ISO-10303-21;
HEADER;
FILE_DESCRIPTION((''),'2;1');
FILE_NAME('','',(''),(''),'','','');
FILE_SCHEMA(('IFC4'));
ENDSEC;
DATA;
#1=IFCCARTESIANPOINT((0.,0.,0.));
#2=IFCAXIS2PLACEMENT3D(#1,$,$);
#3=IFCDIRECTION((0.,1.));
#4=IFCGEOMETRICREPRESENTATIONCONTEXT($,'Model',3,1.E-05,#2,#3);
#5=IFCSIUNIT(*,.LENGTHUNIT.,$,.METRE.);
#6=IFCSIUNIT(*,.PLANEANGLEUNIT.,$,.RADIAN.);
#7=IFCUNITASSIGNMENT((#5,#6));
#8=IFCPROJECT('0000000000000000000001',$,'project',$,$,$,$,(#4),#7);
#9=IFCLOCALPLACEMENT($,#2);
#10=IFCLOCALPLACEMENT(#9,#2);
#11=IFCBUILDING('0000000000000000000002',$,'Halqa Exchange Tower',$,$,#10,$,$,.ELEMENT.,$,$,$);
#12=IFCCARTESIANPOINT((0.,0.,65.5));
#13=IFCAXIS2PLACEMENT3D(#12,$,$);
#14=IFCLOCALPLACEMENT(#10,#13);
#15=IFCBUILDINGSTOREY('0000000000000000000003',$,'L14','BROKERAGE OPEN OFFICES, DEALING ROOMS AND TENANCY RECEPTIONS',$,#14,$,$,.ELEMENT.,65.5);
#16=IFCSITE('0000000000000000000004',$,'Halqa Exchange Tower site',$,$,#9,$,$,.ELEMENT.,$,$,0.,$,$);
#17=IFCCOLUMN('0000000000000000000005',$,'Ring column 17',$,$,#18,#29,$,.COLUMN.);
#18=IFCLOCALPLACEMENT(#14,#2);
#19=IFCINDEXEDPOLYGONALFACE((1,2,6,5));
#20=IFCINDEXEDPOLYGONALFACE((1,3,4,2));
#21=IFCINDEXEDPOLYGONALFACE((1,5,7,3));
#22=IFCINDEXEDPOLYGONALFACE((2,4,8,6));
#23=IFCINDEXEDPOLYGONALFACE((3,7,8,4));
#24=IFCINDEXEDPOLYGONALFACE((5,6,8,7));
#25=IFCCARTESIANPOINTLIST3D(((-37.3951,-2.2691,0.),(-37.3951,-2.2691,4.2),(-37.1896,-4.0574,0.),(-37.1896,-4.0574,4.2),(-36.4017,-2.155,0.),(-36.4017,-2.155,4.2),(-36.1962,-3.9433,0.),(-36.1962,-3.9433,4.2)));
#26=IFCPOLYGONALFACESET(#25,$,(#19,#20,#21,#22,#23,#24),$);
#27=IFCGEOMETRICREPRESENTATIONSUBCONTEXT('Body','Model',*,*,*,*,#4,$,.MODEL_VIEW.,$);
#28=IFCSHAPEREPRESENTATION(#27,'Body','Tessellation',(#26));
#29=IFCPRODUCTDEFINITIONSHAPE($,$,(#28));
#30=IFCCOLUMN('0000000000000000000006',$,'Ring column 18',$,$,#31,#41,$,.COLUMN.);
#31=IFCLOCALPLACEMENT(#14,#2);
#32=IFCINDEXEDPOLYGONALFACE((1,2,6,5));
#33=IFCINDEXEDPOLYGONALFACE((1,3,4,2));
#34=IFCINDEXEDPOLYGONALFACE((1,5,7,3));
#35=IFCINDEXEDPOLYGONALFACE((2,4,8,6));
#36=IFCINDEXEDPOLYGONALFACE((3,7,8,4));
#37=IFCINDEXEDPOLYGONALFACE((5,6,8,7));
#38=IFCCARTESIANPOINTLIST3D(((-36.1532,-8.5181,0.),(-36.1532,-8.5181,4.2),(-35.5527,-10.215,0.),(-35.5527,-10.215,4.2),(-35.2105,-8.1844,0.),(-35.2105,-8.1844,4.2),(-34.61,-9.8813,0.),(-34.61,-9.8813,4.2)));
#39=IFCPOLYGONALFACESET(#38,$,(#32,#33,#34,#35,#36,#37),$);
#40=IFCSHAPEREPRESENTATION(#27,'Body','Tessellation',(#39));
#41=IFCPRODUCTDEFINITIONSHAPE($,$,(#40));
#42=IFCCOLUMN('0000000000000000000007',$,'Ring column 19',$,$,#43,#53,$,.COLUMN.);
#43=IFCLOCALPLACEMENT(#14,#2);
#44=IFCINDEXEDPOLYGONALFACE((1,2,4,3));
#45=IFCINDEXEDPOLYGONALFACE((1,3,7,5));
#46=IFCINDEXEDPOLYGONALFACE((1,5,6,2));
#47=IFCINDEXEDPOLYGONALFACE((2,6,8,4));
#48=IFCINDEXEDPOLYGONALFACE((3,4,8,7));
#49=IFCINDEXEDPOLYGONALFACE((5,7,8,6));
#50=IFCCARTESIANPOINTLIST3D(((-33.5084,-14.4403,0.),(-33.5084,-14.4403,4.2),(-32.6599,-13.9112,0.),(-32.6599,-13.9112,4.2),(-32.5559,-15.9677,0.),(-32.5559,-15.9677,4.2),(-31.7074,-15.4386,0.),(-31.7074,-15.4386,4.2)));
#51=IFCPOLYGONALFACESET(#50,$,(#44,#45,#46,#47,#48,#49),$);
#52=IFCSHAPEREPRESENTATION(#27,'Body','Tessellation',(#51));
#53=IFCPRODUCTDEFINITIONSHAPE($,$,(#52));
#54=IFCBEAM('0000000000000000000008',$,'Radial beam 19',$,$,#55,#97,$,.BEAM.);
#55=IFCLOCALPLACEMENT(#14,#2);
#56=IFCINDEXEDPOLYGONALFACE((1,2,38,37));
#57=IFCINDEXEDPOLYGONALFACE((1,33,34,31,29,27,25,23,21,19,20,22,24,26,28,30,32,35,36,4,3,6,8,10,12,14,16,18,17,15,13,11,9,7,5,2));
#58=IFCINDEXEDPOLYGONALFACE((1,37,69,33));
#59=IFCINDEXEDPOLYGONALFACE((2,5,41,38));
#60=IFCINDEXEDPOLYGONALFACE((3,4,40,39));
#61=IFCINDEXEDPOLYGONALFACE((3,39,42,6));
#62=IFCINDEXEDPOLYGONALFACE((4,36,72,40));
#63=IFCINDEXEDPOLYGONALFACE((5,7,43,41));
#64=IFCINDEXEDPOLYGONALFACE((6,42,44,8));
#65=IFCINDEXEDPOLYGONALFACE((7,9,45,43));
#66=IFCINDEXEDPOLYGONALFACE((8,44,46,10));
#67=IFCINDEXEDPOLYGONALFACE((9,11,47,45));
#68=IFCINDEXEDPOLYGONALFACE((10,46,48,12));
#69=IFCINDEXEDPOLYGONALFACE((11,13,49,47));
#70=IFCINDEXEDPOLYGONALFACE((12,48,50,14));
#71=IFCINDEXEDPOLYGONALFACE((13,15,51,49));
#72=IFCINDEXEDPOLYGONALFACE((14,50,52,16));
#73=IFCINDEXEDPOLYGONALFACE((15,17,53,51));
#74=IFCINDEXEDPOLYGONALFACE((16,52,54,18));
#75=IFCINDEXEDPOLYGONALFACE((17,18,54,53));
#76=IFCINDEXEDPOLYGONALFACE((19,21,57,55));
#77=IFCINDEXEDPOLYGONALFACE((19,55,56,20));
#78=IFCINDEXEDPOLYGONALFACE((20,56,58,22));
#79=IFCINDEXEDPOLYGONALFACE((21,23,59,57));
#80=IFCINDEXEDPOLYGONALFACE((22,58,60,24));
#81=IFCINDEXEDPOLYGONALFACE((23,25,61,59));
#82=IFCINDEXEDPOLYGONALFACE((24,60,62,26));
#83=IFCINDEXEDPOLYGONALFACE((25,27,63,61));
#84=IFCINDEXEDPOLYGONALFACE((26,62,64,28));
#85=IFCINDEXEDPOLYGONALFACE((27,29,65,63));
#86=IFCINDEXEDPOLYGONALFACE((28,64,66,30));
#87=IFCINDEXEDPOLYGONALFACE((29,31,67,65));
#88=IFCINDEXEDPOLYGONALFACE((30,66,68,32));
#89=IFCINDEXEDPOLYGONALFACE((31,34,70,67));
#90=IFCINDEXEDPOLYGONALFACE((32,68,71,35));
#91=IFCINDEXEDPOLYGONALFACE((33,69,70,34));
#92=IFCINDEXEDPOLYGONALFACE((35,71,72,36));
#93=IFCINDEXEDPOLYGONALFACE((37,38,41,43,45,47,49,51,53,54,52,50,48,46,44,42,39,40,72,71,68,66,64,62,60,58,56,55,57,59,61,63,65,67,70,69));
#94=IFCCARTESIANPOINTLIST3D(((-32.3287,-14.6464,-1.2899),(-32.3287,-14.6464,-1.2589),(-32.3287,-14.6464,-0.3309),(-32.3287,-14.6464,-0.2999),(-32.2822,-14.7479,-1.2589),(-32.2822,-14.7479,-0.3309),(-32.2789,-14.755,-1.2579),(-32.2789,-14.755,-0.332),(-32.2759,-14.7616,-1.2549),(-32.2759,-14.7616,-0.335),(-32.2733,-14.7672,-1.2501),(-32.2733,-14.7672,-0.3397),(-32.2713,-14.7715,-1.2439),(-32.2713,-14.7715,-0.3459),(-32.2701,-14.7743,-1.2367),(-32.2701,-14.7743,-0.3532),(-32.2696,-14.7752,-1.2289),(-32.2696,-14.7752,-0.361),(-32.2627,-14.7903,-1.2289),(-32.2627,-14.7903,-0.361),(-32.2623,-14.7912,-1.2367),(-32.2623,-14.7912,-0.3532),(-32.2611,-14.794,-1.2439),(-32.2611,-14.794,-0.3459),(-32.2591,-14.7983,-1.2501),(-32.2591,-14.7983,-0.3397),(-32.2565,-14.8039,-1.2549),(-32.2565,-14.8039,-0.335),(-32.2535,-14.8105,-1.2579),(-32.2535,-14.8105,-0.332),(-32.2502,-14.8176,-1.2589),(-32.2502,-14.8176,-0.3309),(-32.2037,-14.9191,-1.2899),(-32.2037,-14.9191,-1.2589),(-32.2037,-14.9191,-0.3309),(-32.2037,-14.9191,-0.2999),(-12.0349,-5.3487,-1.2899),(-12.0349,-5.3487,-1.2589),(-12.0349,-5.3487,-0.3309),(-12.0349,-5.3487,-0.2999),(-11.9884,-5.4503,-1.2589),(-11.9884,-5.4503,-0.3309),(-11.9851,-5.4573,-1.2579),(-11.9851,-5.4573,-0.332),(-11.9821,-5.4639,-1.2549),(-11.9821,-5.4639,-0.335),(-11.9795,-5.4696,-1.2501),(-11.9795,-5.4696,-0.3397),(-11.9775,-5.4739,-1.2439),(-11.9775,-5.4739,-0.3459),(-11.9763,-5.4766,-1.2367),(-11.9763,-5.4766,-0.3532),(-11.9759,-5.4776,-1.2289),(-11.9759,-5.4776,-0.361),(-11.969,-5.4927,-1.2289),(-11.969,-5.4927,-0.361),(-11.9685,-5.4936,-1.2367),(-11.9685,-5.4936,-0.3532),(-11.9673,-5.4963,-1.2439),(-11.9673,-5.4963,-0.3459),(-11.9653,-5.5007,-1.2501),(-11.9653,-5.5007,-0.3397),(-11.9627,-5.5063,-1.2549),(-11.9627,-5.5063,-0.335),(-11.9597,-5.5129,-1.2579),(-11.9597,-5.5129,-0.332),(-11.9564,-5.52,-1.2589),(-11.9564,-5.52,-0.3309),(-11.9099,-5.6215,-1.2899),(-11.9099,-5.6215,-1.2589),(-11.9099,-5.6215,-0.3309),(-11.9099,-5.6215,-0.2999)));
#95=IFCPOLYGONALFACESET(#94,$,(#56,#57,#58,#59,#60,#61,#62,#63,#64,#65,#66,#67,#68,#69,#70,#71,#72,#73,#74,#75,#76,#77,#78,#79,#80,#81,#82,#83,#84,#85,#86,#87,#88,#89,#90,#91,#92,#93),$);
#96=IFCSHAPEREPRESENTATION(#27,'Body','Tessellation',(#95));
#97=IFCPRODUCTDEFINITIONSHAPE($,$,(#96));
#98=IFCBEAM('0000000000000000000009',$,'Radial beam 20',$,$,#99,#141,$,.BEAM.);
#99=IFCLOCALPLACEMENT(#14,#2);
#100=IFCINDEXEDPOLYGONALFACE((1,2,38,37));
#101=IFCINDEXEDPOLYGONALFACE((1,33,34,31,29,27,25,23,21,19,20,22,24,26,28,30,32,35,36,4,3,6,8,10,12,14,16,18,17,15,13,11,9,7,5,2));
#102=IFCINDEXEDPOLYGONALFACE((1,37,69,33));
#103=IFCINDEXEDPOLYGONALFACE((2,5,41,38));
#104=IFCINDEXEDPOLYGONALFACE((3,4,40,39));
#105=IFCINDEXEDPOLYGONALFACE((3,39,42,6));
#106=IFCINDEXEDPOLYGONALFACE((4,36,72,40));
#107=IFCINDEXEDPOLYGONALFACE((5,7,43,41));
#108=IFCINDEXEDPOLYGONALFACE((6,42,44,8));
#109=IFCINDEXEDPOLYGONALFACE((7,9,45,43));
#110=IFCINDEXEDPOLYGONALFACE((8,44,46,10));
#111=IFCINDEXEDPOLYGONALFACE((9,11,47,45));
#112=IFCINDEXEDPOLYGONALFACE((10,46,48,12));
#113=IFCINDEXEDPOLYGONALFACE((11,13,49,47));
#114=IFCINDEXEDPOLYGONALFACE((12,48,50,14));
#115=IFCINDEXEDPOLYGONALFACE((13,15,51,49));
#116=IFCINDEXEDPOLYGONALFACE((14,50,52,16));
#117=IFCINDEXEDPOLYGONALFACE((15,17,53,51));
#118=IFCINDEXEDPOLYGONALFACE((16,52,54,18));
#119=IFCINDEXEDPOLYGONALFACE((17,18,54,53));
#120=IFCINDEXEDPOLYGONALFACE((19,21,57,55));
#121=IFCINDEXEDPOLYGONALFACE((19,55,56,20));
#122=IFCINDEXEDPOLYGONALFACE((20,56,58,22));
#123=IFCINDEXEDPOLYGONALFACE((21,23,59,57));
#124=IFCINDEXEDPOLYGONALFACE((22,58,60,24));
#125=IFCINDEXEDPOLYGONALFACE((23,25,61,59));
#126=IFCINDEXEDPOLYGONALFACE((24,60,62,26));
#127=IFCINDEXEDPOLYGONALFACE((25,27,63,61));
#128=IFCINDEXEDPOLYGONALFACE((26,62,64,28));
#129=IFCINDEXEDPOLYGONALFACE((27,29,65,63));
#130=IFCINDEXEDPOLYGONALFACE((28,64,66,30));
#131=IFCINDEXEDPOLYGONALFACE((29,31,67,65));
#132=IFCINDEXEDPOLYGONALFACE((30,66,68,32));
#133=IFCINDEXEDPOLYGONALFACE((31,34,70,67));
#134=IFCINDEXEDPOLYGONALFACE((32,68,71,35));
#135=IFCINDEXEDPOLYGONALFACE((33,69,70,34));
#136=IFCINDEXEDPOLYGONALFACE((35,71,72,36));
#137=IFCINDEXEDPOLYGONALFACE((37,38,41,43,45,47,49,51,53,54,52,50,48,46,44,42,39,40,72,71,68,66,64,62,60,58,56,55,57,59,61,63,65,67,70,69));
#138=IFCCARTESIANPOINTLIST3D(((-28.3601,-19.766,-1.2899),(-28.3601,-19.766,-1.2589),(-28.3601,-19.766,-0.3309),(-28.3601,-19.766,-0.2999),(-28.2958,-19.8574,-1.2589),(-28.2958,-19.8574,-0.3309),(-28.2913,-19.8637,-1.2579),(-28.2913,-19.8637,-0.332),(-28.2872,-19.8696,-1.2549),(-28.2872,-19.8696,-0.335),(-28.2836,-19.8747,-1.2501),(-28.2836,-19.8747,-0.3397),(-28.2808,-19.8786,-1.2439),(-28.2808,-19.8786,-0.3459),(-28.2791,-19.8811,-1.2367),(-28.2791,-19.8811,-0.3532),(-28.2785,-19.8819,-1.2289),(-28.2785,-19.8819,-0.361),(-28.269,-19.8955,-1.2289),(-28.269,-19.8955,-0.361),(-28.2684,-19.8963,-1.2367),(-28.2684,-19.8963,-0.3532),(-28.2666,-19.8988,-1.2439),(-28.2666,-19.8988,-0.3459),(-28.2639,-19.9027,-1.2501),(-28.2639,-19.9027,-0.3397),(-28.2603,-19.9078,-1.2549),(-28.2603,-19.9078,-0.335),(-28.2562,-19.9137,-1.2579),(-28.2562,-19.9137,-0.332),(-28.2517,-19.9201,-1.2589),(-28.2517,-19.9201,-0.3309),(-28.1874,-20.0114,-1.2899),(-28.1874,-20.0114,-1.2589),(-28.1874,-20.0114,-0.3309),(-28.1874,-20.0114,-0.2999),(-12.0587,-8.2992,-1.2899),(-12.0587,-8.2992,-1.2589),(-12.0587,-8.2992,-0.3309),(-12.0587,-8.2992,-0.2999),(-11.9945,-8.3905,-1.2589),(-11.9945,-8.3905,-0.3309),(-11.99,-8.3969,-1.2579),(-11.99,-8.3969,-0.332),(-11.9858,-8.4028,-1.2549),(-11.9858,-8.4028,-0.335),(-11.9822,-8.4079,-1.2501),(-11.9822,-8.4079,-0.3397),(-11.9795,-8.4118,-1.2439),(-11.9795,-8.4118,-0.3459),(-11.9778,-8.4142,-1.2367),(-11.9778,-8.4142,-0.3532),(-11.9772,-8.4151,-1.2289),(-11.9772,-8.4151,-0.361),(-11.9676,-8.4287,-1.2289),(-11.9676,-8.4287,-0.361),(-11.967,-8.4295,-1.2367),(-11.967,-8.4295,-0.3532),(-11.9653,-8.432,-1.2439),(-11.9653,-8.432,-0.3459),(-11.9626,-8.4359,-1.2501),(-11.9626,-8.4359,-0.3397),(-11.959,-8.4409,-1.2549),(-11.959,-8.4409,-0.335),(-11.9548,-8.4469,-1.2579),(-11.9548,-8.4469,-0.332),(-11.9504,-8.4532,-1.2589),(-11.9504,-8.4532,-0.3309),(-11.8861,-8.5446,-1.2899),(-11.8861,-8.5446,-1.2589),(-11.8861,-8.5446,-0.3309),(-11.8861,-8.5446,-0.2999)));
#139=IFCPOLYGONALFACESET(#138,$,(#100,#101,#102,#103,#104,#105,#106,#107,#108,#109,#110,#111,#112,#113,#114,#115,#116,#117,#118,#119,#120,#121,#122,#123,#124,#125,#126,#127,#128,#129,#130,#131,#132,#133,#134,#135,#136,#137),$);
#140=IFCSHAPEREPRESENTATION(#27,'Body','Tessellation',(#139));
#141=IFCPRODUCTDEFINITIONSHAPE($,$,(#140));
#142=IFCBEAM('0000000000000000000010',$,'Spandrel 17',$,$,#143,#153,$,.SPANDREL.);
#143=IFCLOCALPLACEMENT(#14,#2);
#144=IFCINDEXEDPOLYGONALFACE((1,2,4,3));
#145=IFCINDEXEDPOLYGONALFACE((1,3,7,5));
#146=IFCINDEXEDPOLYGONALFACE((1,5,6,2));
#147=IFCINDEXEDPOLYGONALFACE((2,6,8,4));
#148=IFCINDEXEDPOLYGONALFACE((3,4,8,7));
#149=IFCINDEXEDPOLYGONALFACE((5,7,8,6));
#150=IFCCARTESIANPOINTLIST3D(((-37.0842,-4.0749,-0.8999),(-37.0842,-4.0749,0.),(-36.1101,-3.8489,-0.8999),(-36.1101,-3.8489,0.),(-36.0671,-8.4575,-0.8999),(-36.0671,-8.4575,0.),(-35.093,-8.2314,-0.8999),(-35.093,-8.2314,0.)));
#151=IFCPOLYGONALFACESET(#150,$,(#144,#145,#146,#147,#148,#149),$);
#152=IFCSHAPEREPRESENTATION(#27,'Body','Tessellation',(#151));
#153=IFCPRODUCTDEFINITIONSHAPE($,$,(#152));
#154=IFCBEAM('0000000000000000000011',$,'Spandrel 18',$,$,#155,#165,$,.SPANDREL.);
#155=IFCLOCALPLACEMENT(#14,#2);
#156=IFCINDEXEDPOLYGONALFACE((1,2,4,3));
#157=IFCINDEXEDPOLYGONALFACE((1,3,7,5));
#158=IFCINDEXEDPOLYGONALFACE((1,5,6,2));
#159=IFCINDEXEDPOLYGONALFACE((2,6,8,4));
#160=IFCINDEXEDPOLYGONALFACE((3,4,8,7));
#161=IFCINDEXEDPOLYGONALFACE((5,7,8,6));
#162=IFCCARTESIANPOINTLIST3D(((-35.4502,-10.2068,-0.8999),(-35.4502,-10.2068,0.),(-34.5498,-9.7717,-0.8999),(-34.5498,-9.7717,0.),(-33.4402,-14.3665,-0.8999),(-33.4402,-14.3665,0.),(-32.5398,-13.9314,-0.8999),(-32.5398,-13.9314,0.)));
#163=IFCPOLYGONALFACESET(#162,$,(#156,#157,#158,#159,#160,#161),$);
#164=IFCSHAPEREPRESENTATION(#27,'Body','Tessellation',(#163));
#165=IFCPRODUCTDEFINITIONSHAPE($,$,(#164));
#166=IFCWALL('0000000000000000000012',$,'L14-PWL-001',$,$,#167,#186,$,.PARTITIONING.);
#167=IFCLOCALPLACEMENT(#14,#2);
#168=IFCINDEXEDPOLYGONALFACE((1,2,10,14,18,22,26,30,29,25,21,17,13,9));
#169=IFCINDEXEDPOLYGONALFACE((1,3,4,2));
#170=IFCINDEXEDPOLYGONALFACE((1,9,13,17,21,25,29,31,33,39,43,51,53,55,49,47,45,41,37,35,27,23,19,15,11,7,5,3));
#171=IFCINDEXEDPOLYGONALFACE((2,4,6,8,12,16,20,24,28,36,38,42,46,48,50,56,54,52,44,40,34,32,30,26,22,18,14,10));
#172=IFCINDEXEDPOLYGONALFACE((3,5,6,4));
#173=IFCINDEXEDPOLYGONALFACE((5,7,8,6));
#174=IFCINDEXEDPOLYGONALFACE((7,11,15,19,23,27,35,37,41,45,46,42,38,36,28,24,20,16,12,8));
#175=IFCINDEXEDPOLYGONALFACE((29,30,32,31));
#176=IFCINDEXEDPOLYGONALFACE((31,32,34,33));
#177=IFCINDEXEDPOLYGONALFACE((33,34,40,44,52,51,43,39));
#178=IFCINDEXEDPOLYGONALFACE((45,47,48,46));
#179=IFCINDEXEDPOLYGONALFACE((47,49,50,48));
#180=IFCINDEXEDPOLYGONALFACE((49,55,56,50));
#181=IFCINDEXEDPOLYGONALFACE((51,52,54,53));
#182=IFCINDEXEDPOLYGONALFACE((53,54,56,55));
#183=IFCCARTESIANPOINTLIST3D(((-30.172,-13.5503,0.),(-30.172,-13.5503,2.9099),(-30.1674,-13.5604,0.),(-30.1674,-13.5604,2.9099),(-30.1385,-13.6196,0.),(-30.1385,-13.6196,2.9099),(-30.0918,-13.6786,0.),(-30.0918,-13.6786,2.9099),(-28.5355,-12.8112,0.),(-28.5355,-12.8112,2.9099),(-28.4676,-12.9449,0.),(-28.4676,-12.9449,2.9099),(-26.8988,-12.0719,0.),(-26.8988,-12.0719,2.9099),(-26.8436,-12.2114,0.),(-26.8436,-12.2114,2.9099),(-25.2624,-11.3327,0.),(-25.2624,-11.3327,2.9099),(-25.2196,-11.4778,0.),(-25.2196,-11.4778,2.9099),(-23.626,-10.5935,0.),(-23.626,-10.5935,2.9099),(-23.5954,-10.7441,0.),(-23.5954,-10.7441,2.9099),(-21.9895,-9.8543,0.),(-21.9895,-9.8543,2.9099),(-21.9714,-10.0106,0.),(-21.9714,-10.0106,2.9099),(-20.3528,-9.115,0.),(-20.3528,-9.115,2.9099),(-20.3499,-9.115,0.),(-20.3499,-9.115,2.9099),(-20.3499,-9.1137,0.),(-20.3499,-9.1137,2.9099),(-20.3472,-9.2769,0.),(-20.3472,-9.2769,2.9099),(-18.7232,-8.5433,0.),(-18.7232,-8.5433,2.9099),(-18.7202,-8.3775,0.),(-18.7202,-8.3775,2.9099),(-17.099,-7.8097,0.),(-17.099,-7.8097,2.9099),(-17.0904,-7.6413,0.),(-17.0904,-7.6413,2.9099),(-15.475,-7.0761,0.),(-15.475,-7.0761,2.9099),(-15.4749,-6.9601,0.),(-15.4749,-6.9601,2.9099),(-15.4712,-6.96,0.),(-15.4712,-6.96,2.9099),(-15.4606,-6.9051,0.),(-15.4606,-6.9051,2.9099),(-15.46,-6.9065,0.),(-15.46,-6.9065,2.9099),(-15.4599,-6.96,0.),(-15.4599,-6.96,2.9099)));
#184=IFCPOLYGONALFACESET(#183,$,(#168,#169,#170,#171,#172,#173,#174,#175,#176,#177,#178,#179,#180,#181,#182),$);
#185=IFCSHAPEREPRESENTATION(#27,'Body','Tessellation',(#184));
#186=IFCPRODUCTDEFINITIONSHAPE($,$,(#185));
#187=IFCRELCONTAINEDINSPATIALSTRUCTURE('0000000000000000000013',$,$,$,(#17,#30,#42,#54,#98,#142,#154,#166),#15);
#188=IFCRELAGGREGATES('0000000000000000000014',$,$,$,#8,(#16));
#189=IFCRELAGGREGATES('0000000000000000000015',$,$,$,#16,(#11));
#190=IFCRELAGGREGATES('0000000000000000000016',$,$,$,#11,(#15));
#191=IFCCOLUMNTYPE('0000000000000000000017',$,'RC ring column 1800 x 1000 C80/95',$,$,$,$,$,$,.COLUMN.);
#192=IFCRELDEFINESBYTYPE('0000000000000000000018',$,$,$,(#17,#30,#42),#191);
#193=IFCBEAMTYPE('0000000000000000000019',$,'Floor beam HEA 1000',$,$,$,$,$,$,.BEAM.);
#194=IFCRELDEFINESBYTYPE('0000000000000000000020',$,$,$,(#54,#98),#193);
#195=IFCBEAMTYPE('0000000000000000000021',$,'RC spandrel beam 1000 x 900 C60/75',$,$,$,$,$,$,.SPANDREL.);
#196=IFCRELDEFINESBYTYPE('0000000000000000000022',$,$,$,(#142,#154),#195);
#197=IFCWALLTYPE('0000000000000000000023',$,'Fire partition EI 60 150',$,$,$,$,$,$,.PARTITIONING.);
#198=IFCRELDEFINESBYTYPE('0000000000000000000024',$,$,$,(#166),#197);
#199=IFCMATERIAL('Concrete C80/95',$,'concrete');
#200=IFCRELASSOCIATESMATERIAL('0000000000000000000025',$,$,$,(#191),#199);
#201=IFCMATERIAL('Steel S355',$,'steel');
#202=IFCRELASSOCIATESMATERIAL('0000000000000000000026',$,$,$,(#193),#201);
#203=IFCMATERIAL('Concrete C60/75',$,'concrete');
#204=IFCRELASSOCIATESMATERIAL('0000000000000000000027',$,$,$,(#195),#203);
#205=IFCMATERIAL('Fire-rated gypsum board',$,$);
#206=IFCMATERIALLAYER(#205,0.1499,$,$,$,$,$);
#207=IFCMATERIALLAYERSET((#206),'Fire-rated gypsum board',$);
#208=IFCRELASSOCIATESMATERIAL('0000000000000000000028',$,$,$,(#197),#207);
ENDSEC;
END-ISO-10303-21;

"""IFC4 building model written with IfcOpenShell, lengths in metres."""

from ifc_helpers import new_model, si_unit, direction, frame, origin, origin_2d, place, context, subcontext, project, spatial, polyline, rectangle, i_section, outline, extrude, material, layer, layer_set, material_profile, profile_set, type_object, element, save


model = new_model("IFC4")

# Units and contexts
model_context = context("Model", 3, precision=1e-05, world=origin(), true_north=direction((0.0, 1.0)))
body_context = subcontext(model_context, "Body", "Model", "MODEL_VIEW")
ifc_project = project(units=[si_unit("LENGTHUNIT", "METRE"), si_unit("PLANEANGLEUNIT", "RADIAN")], contexts=[model_context])

# Site, building, storey
site_placement = place(None, origin())
site = spatial("IfcSite", under=ifc_project, at=site_placement, Name="Halqa Exchange Tower site", CompositionType="ELEMENT", RefElevation=0.0)
building_placement = place(site_placement, origin())
building = spatial("IfcBuilding", under=site, at=building_placement, Name="Halqa Exchange Tower", CompositionType="ELEMENT")
storey_placement = place(building_placement, frame((0.0, 0.0, 65.5)))
storey = spatial("IfcBuildingStorey", under=building, at=storey_placement, Name="L14", Description="BROKERAGE OPEN OFFICES, DEALING ROOMS AND TENANCY RECEPTIONS", CompositionType="ELEMENT", Elevation=65.5)

# Columns
ifc_material_1 = material(Name="Concrete C80/95", Category="concrete")
ifc_material_profile_1 = material_profile(ifc_material_1, rectangle(XDim=1.8, YDim=1.0, at=origin_2d()), Name="1800 x 1000")
ifc_profile_set_1 = profile_set([ifc_material_profile_1], Name="Concrete C80/95")
column_type = type_object("IfcColumnType", Name="RC ring column 1800 x 1000 C80/95", PredefinedType="COLUMN", material=ifc_profile_set_1)
for number, where, z_axis, x_axis, name in (
    (1, (-36.7957, -3.1062, 0.0), (0.0, 0.0, 1.0), (0.11416, -0.993462, 0.0), "Ring column 17"),
    (2, (-35.3816, -9.1997, 0.0), (0.0, 0.0, 1.0), (0.333629, -0.942704, 0.0), "Ring column 18"),
    (3, (-32.6079, -14.9395, 0.0), (0.0, 0.0, 1.0), (0.529139, -0.848535, 0.0), "Ring column 19"),
):
    element("IfcColumn", number, at=place(storey_placement, frame(where, z_axis=z_axis, x_axis=x_axis)), inside=storey, type_object=column_type, Name=name, PredefinedType="COLUMN", context=body_context, shape_type="SweptSolid", body=[
        extrude(rectangle(XDim=1.8, YDim=1.0, at=origin_2d()), origin(), (0.0, 0.0, 1.0), 4.2),
    ])

# Beams
ifc_material_2 = material(Name="Steel S355", Category="steel")
ifc_material_profile_2 = material_profile(ifc_material_2, i_section(OverallWidth=0.3, OverallDepth=0.99, WebThickness=0.0166, FlangeThickness=0.031, FilletRadius=0.03, at=origin_2d()), Name="HEA 1000")
ifc_profile_set_2 = profile_set([ifc_material_profile_2], Name="Steel S355")
beam_type_1 = type_object("IfcBeamType", Name="Floor beam HEA 1000", PredefinedType="BEAM", material=ifc_profile_set_2)
beam_1_placement = place(storey_placement, frame((-11.9724, -5.4851, -0.7949), z_axis=(-0.909127, -0.416519, 0.0), x_axis=(0.416519, -0.909127, 0.0)))
element("IfcBeam", 4, at=beam_1_placement, inside=storey, type_object=beam_type_1, Name="Radial beam 19", PredefinedType="BEAM", context=body_context, shape_type="SweptSolid", body=[
    extrude(i_section(OverallWidth=0.3, OverallDepth=0.99, WebThickness=0.0166, FlangeThickness=0.031, FilletRadius=0.03, at=origin_2d()), origin(), (0.0, 0.0, 1.0), 22.3223),
])
beam_2_placement = place(storey_placement, frame((-11.9724, -8.4219, -0.7949), z_axis=(-0.817912, -0.575344, 0.0), x_axis=(0.575344, -0.817912, 0.0)))
element("IfcBeam", 5, at=beam_2_placement, inside=storey, type_object=beam_type_1, Name="Radial beam 20", PredefinedType="BEAM", context=body_context, shape_type="SweptSolid", body=[
    extrude(i_section(OverallWidth=0.3, OverallDepth=0.99, WebThickness=0.0166, FlangeThickness=0.031, FilletRadius=0.03, at=origin_2d()), origin(), (0.0, 0.0, 1.0), 19.9304),
])
ifc_material_3 = material(Name="Concrete C60/75", Category="concrete")
ifc_material_profile_3 = material_profile(ifc_material_3, rectangle(XDim=1.0, YDim=0.8999, at=origin_2d()), Name="1000 x 900")
ifc_profile_set_3 = profile_set([ifc_material_profile_3], Name="Concrete C60/75")
beam_type_2 = type_object("IfcBeamType", Name="RC spandrel beam 1000 x 900 C60/75", PredefinedType="SPANDREL", material=ifc_profile_set_3)
beam_3_placement = place(storey_placement, frame((-36.5972, -3.9619, -0.45), z_axis=(0.226068, -0.974111, 0.0), x_axis=(0.974111, 0.226068, 0.0)))
element("IfcBeam", 6, at=beam_3_placement, inside=storey, type_object=beam_type_2, Name="Spandrel 17", PredefinedType="SPANDREL", context=body_context, shape_type="SweptSolid", body=[
    extrude(rectangle(XDim=1.0, YDim=0.8999, at=origin_2d()), origin(), (0.0, 0.0, 1.0), 4.499),
])
beam_4_placement = place(storey_placement, frame((-35.0, -9.9893, -0.45), z_axis=(0.435082, -0.900391, 0.0), x_axis=(0.900391, 0.435082, 0.0)))
element("IfcBeam", 7, at=beam_4_placement, inside=storey, type_object=beam_type_2, Name="Spandrel 18", PredefinedType="SPANDREL", context=body_context, shape_type="SweptSolid", body=[
    extrude(rectangle(XDim=1.0, YDim=0.8999, at=origin_2d()), origin(), (0.0, 0.0, 1.0), 4.6199),
])

# Wall
ifc_material_4 = material(Name="Fire-rated gypsum board")
ifc_layer_1 = layer(ifc_material_4, 0.1499)
ifc_layer_set_1 = layer_set([ifc_layer_1], Name="Fire-rated gypsum board")
wall_type_1 = type_object("IfcWallType", Name="Fire partition EI 60 150", PredefinedType="PARTITIONING", material=ifc_layer_set_1)
wall_1_placement = place(storey_placement, frame((-30.1411, -13.6187, 0.0), z_axis=(0.0, 0.0, 1.0), x_axis=(0.911338, 0.411658, 0.0)))
element("IfcWall", 8, at=wall_1_placement, inside=storey, type_object=wall_type_1, Name="L14-PWL-001", PredefinedType="PARTITIONING", context=body_context, shape_type="SweptSolid", body=[
    extrude(outline(polyline([(0.0203, -0.075), (1.8025, -0.075), (3.5845, -0.075), (5.3665, -0.075), (7.1487, -0.075), (8.9307, -0.075), (10.7129, -0.075), (12.4949, -0.075), (14.2771, -0.075), (16.0591, -0.075), (16.1069, 0.0308), (16.1104, 0.0293), (16.1104, 0.0293), (16.1206, 0.0247), (16.1426, 0.0735), (16.1426, 0.075), (14.3542, 0.075), (12.5659, 0.075), (10.7776, 0.075), (10.7771, 0.0737), (10.7744, 0.075), (8.9785, 0.075), (7.1829, 0.075), (5.3872, 0.075), (3.5916, 0.075), (1.7957, 0.075), (0.0, 0.075), (0.0, 0.064), (0.002, -0.002), (0.0203, -0.075)])), origin(), (0.0, 0.0, 1.0), 2.9099),
])

save(model, "model.ifc")
